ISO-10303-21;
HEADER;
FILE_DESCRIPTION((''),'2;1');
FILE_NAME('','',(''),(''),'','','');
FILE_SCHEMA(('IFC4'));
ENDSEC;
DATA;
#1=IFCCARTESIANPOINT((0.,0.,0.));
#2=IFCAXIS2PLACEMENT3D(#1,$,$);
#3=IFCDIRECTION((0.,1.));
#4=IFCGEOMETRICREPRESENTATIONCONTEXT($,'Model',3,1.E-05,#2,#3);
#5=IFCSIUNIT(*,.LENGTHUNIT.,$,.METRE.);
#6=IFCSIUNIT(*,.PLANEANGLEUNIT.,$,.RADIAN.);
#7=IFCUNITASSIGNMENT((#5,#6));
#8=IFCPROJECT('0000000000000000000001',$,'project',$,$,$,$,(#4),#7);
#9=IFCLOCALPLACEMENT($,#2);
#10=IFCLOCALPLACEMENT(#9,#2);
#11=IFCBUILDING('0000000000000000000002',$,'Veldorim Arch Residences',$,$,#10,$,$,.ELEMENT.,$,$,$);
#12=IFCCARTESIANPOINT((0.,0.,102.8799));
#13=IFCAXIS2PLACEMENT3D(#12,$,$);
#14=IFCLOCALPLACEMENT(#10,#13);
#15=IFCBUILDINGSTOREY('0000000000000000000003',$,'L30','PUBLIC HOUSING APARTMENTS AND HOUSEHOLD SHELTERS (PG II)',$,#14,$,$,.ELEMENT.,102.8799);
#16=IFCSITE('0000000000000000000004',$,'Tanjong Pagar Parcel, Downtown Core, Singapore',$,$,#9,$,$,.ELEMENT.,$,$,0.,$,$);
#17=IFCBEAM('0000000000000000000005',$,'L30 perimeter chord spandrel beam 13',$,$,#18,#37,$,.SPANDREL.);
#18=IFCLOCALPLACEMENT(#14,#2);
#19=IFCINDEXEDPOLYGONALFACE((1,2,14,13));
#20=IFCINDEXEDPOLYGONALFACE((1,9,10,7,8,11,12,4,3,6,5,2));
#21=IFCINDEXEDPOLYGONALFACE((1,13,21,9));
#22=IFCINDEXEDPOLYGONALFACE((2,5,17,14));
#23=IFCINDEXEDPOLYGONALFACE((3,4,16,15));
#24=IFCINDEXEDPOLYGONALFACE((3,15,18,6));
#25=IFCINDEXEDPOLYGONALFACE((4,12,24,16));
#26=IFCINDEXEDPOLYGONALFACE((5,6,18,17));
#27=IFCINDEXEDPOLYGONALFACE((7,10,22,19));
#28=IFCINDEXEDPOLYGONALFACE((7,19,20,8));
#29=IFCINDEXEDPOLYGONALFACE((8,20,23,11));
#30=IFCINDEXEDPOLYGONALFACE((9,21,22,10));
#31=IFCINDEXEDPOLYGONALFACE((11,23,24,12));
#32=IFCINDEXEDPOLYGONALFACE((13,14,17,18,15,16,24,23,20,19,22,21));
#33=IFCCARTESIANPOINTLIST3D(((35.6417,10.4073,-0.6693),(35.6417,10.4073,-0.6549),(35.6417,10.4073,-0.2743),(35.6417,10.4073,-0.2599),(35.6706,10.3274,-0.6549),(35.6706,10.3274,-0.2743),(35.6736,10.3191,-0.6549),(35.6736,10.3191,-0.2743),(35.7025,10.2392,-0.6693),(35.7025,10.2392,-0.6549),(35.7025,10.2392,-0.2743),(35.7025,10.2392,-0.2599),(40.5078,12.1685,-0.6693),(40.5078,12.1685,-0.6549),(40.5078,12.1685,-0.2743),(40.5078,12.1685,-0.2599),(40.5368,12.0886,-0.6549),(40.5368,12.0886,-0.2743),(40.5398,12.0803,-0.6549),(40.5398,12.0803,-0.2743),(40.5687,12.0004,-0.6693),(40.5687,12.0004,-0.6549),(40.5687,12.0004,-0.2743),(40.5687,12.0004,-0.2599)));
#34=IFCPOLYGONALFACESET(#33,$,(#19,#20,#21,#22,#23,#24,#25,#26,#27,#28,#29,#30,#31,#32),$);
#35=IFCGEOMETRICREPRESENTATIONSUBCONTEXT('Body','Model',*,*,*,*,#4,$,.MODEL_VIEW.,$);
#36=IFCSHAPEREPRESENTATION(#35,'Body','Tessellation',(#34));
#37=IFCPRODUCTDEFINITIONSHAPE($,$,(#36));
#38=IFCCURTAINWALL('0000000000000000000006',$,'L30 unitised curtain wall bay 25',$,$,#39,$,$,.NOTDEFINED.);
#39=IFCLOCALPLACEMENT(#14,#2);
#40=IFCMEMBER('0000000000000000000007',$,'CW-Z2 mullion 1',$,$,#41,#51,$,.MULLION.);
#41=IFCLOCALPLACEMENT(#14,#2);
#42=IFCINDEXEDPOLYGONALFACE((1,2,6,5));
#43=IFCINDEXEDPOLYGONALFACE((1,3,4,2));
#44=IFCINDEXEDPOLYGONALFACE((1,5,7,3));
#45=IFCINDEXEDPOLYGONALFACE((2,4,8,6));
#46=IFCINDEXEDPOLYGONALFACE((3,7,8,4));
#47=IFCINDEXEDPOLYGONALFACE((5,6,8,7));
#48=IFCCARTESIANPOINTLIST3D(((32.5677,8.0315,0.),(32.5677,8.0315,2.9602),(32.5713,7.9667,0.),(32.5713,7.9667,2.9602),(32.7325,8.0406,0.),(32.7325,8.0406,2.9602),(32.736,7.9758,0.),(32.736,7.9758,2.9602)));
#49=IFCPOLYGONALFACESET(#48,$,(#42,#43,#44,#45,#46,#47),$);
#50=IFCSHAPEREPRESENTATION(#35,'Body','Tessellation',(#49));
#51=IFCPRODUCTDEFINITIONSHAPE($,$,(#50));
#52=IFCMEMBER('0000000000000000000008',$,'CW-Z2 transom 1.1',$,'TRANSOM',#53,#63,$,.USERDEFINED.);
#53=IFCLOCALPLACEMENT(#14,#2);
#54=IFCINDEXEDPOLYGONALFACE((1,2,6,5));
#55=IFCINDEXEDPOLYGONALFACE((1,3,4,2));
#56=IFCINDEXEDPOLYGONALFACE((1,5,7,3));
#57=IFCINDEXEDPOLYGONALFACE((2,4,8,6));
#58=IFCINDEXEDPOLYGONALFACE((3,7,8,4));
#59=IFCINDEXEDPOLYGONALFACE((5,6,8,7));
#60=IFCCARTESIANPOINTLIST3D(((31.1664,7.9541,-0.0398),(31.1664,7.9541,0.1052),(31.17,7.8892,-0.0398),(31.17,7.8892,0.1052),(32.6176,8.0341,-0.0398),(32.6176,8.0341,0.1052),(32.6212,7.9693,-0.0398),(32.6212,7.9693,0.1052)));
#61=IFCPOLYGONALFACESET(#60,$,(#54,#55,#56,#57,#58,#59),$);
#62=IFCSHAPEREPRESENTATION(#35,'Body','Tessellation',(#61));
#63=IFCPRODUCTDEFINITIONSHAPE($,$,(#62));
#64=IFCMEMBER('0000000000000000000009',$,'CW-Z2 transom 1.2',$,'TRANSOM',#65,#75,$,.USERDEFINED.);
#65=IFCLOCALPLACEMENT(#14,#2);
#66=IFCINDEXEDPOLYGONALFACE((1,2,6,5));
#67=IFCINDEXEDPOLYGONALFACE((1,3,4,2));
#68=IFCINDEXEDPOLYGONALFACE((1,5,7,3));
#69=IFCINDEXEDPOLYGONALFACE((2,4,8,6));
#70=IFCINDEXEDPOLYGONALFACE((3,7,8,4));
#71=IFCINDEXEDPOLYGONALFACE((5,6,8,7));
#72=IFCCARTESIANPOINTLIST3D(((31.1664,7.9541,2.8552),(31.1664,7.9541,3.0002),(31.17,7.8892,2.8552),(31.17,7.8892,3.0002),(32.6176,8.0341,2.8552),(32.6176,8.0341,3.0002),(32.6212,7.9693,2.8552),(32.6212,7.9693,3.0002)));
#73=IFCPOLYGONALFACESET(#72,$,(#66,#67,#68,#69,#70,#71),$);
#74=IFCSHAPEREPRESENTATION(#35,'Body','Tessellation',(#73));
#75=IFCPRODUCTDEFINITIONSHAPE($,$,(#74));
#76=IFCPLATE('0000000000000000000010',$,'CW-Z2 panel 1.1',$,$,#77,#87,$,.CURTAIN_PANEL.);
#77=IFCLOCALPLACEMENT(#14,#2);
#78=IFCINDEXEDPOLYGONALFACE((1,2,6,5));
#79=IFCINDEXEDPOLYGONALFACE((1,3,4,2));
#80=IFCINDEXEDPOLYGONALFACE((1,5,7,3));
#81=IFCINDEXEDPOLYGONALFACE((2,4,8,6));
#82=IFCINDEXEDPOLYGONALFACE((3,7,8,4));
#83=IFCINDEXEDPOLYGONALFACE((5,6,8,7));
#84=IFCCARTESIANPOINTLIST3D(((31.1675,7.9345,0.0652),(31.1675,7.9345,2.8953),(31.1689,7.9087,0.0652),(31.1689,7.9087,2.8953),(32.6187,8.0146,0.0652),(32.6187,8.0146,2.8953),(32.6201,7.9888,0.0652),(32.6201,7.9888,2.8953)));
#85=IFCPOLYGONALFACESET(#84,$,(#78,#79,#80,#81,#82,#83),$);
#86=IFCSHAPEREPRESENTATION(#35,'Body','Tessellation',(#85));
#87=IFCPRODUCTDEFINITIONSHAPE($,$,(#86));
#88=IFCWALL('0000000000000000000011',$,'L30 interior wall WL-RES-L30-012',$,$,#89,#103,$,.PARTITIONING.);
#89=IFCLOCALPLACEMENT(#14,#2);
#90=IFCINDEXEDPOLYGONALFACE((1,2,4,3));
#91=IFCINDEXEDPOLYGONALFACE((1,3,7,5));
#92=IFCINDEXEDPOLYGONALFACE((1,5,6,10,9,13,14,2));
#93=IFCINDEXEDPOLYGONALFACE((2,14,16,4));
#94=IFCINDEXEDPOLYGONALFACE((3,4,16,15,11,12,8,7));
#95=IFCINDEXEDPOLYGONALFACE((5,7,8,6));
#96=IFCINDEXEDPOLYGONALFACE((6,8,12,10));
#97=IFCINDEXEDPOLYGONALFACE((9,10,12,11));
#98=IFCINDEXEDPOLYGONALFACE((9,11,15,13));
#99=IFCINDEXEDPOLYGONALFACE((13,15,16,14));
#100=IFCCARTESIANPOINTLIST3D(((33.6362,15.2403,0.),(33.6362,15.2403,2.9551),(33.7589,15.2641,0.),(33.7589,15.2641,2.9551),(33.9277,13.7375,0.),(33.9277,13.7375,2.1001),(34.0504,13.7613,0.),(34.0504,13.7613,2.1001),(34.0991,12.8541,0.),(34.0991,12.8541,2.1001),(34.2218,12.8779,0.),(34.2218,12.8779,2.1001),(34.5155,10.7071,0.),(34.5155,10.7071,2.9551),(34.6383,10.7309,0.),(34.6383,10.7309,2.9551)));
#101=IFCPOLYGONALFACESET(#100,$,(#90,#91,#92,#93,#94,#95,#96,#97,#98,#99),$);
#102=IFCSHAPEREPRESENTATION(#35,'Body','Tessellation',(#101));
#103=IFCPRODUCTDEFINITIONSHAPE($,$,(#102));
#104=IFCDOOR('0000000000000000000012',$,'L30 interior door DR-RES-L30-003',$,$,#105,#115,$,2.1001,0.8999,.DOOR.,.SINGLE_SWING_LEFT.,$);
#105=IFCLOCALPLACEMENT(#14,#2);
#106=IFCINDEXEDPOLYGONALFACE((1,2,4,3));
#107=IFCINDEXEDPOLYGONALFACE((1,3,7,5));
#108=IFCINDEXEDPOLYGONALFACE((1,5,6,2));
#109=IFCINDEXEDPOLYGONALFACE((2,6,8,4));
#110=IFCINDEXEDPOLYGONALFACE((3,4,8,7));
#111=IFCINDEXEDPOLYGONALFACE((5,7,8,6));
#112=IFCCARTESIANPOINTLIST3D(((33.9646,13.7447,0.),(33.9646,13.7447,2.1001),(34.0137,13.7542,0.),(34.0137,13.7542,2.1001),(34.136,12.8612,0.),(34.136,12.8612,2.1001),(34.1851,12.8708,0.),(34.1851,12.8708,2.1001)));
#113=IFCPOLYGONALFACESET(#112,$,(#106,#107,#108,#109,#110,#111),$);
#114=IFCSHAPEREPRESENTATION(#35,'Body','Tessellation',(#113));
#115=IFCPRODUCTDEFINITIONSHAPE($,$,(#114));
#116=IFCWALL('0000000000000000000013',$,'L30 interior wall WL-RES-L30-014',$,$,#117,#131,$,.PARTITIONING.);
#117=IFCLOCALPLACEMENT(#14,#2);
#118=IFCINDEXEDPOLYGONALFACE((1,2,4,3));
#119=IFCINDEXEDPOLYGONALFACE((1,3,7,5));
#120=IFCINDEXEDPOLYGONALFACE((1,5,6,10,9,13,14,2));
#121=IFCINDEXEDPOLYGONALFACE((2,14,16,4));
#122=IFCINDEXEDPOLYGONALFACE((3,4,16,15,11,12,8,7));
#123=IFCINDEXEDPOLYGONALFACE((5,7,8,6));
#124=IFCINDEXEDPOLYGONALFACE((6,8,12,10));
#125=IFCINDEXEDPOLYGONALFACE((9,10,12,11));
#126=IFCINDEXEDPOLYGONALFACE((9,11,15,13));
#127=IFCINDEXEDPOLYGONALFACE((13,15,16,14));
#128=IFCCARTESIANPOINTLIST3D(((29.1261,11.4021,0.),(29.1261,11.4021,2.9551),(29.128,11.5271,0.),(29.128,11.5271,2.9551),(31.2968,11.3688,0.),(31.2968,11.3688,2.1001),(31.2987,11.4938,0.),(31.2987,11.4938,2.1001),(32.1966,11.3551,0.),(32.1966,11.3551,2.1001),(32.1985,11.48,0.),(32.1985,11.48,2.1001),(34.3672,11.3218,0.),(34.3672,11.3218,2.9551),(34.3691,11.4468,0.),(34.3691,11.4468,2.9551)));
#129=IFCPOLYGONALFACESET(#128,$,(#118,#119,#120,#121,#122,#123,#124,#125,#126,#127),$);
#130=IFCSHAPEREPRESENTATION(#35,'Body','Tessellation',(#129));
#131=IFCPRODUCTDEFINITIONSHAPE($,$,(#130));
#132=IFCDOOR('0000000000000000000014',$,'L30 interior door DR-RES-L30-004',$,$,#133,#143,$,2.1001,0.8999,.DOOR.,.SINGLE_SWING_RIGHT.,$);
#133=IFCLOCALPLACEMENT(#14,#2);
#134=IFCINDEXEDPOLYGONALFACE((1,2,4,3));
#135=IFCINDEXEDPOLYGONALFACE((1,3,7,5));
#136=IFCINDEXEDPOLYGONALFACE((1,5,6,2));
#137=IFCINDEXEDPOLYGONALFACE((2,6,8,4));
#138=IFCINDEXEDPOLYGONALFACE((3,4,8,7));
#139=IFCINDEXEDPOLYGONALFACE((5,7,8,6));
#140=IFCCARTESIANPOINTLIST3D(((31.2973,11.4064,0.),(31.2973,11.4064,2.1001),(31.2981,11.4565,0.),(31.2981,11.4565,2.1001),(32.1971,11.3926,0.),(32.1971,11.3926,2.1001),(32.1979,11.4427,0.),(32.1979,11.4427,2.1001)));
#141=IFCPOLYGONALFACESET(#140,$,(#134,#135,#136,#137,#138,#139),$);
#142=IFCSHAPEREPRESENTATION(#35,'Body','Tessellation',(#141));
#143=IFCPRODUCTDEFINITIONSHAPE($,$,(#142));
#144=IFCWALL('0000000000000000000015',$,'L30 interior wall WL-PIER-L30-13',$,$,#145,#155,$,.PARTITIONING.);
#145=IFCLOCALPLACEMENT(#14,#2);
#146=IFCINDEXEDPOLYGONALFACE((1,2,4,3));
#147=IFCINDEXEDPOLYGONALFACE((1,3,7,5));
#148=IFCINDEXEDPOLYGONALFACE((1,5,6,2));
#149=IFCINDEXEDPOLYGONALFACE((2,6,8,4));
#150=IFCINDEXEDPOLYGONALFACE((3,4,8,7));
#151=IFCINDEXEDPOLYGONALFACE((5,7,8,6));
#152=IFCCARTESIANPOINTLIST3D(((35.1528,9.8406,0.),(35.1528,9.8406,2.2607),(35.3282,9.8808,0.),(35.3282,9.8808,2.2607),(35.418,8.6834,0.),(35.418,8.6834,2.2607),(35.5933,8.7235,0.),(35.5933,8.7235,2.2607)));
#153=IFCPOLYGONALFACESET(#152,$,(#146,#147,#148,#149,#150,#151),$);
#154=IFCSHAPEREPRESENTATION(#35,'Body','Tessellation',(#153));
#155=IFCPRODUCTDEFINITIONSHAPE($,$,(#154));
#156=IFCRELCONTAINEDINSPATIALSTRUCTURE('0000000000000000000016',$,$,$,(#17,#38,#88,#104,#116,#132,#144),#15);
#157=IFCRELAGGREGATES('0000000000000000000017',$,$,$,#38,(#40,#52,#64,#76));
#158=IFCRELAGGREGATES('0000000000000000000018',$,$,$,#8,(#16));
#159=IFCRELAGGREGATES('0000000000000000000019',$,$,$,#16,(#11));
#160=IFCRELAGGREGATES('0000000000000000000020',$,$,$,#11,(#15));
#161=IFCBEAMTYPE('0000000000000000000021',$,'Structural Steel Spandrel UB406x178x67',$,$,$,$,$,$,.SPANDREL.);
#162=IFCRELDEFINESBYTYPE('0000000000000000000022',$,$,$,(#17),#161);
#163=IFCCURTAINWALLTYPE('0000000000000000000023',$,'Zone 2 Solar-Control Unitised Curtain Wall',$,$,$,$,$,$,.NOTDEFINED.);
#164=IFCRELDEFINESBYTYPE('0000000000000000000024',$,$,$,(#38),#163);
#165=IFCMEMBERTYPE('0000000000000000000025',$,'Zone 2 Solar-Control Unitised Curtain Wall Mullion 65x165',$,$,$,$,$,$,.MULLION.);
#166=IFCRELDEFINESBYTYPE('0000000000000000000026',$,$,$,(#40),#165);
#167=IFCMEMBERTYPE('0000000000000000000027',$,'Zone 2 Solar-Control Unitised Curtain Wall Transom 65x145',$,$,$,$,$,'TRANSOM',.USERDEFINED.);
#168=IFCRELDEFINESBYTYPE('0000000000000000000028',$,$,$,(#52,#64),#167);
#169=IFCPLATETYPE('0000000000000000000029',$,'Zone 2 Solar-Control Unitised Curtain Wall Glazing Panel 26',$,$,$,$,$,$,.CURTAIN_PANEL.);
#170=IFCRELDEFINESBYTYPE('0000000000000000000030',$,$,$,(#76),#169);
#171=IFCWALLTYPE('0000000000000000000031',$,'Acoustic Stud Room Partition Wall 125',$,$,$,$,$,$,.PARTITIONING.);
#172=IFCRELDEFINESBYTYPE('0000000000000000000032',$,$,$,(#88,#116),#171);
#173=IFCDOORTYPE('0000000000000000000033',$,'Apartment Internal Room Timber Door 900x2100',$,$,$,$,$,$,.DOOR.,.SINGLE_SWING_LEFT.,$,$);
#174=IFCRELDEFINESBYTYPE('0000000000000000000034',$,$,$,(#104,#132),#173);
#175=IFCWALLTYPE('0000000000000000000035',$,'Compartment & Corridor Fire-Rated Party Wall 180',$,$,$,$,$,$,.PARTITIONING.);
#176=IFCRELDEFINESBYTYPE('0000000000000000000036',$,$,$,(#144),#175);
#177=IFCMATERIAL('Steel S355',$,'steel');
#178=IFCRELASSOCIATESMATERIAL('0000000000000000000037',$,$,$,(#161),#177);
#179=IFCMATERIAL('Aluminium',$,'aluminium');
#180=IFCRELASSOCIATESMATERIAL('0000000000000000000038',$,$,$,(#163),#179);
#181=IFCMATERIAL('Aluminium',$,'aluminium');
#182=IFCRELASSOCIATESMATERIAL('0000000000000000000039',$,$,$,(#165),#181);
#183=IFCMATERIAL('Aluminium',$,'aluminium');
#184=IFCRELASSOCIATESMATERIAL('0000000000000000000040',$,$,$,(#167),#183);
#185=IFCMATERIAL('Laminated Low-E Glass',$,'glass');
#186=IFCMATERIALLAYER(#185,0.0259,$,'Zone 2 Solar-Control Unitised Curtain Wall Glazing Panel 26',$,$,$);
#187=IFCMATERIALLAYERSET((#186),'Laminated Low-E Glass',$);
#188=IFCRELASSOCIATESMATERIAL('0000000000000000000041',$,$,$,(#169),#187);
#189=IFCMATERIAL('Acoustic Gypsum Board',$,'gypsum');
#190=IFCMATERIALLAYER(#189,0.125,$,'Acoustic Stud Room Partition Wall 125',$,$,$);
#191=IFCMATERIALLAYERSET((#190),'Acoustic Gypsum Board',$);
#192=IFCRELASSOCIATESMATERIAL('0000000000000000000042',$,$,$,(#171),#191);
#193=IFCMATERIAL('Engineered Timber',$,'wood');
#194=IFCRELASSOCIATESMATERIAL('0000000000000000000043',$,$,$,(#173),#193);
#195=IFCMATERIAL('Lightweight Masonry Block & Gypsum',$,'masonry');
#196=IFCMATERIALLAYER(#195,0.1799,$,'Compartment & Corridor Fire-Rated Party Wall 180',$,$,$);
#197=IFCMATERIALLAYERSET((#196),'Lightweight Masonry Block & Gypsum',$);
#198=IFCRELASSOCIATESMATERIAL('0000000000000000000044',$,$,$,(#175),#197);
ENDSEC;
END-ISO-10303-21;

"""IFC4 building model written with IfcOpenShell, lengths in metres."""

from ifc_helpers import new_model, si_unit, direction, frame, frame_2d, origin, origin_2d, place, context, subcontext, project, spatial, rectangle, i_section, extrude, material, layer, layer_set, material_profile, profile_set, type_object, element, fill, aggregate, save


model = new_model("IFC4")

# Units and contexts
model_context = context("Model", 3, precision=1e-05, world=origin(), true_north=direction((0.0, 1.0)))
body_context = subcontext(model_context, "Body", "Model", "MODEL_VIEW")
ifc_project = project(units=[si_unit("LENGTHUNIT", "METRE"), si_unit("PLANEANGLEUNIT", "RADIAN")], contexts=[model_context])

# Site, building, storey
site_placement = place(None, origin())
site = spatial("IfcSite", under=ifc_project, at=site_placement, Name="Tanjong Pagar Parcel, Downtown Core, Singapore", CompositionType="ELEMENT", RefElevation=0.0)
building_placement = place(site_placement, origin())
building = spatial("IfcBuilding", under=site, at=building_placement, Name="Veldorim Arch Residences", CompositionType="ELEMENT")
storey_placement = place(building_placement, frame((0.0, 0.0, 102.8799)))
storey = spatial("IfcBuildingStorey", under=building, at=storey_placement, Name="L30", Description="PUBLIC HOUSING APARTMENTS AND HOUSEHOLD SHELTERS (PG II)", CompositionType="ELEMENT", Elevation=102.8799)

# Beam
ifc_material_1 = material(Name="Steel S355", Category="steel")
ifc_material_profile_1 = material_profile(ifc_material_1, i_section(OverallWidth=0.1787, OverallDepth=0.4094, WebThickness=0.0088, FlangeThickness=0.0144, at=origin_2d()), Name="UB406x178x67")
ifc_profile_set_1 = profile_set([ifc_material_profile_1], Name="Steel S355")
beam_type_1 = type_object("IfcBeamType", Name="Structural Steel Spandrel UB406x178x67", PredefinedType="SPANDREL", material=ifc_profile_set_1)
beam_1_placement = place(storey_placement, frame((35.6721, 10.3232, -0.4646), z_axis=(0.940308, 0.340326, 0.0), x_axis=(-0.340326, 0.940308, 0.0)))
element("IfcBeam", 1, at=beam_1_placement, inside=storey, type_object=beam_type_1, Name="L30 perimeter chord spandrel beam 13", PredefinedType="SPANDREL", context=body_context, shape_type="SweptSolid", body=[
    extrude(i_section(OverallWidth=0.1787, OverallDepth=0.4094, WebThickness=0.0088, FlangeThickness=0.0144, at=origin_2d()), origin(), (0.0, 0.0, 1.0), 5.175),
])

# Curtain wall, members, plate
ifc_material_2 = material(Name="Aluminium", Category="aluminium")
curtain_wall_type = type_object("IfcCurtainWallType", Name="Zone 2 Solar-Control Unitised Curtain Wall", PredefinedType="NOTDEFINED", material=ifc_material_2)
curtain_wall_placement = place(storey_placement, origin())
curtain_wall = element("IfcCurtainWall", 2, at=curtain_wall_placement, inside=storey, type_object=curtain_wall_type, Name="L30 unitised curtain wall bay 25", PredefinedType="NOTDEFINED")
ifc_material_3 = material(Name="Aluminium", Category="aluminium")
ifc_material_profile_2 = material_profile(ifc_material_3, rectangle(XDim=0.0649, YDim=0.165, at=origin_2d()), Name="ALU_MUL_65x165")
ifc_profile_set_2 = profile_set([ifc_material_profile_2], Name="Aluminium")
member_type_1 = type_object("IfcMemberType", Name="Zone 2 Solar-Control Unitised Curtain Wall Mullion 65x165", PredefinedType="MULLION", material=ifc_profile_set_2)
member_1_placement = place(storey_placement, frame((32.6519, 8.0037, 0.0), z_axis=(0.0, 0.0, 1.0), x_axis=(0.055127, -0.998479, 0.0)))
member_1 = element("IfcMember", 3, at=member_1_placement, type_object=member_type_1, Name="CW-Z2 mullion 1", PredefinedType="MULLION", context=body_context, shape_type="SweptSolid", body=[
    extrude(rectangle(XDim=0.0649, YDim=0.165, at=origin_2d()), origin(), (0.0, 0.0, 1.0), 2.9602),
])
ifc_material_4 = material(Name="Aluminium", Category="aluminium")
ifc_material_profile_3 = material_profile(ifc_material_4, rectangle(XDim=0.0649, YDim=0.145, at=origin_2d()), Name="ALU_TRN_65x145")
ifc_profile_set_3 = profile_set([ifc_material_profile_3], Name="Aluminium")
member_type_2 = type_object("IfcMemberType", Name="Zone 2 Solar-Control Unitised Curtain Wall Transom 65x145", ElementType="TRANSOM", PredefinedType="USERDEFINED", material=ifc_profile_set_3)
member_2_placement = place(storey_placement, frame((32.6194, 8.0017, 0.0327), z_axis=(-0.998481, -0.055098, 0.0), x_axis=(0.055098, -0.998481, 0.0)))
member_2 = element("IfcMember", 4, at=member_2_placement, type_object=member_type_2, Name="CW-Z2 transom 1.1", ObjectType="TRANSOM", PredefinedType="USERDEFINED", context=body_context, shape_type="SweptSolid", body=[
    extrude(rectangle(XDim=0.0649, YDim=0.145, at=origin_2d()), origin(), (0.0, 0.0, 1.0), 1.4534),
])
member_3_placement = place(storey_placement, frame((32.6194, 8.0017, 2.9277), z_axis=(-0.998481, -0.055098, 0.0), x_axis=(0.055098, -0.998481, 0.0)))
member_3 = element("IfcMember", 5, at=member_3_placement, type_object=member_type_2, Name="CW-Z2 transom 1.2", ObjectType="TRANSOM", PredefinedType="USERDEFINED", context=body_context, shape_type="SweptSolid", body=[
    extrude(rectangle(XDim=0.0649, YDim=0.145, at=origin_2d()), origin(), (0.0, 0.0, 1.0), 1.4534),
])
ifc_material_5 = material(Name="Laminated Low-E Glass", Category="glass")
ifc_layer_1 = layer(ifc_material_5, 0.0259, Name="Zone 2 Solar-Control Unitised Curtain Wall Glazing Panel 26")
ifc_layer_set_1 = layer_set([ifc_layer_1], Name="Laminated Low-E Glass")
plate_type = type_object("IfcPlateType", Name="Zone 2 Solar-Control Unitised Curtain Wall Glazing Panel 26", PredefinedType="CURTAIN_PANEL", material=ifc_layer_set_1)
plate_placement = place(storey_placement, frame((31.8938, 7.9617, 0.0652), z_axis=(0.0, 0.0, 1.0), x_axis=(-0.998479, -0.055127, 0.0)))
plate = element("IfcPlate", 6, at=plate_placement, type_object=plate_type, Name="CW-Z2 panel 1.1", PredefinedType="CURTAIN_PANEL", context=body_context, shape_type="SweptSolid", body=[
    extrude(rectangle(XDim=1.4534, YDim=0.0259, at=origin_2d()), origin(), (0.0, 0.0, 1.0), 2.8301),
])
aggregate(curtain_wall, [member_1, member_2, member_3, plate])

# Walls, openings, doors
ifc_material_6 = material(Name="Acoustic Gypsum Board", Category="gypsum")
ifc_layer_2 = layer(ifc_material_6, 0.125, Name="Acoustic Stud Room Partition Wall 125")
ifc_layer_set_2 = layer_set([ifc_layer_2], Name="Acoustic Gypsum Board")
wall_type_1 = type_object("IfcWallType", Name="Acoustic Stud Room Partition Wall 125", PredefinedType="PARTITIONING", material=ifc_layer_set_2)
wall_1_placement = place(storey_placement, frame((34.5769, 10.719, 0.0), z_axis=(0.0, 0.0, 1.0), x_axis=(-0.190439, 0.981699, 0.0)))
wall_1 = element("IfcWall", 7, at=wall_1_placement, inside=storey, type_object=wall_type_1, Name="L30 interior wall WL-RES-L30-012", PredefinedType="PARTITIONING", context=body_context, shape_type="SweptSolid", body=[
    extrude(rectangle(XDim=4.6177, YDim=0.125, at=frame_2d((2.3088, 0.0))), origin(), (0.0, 0.0, 1.0), 2.9551),
])
opening_1_placement = place(wall_1_placement, frame((2.187, 0.0, 0.0)))
opening_1 = element("IfcOpeningElement", 8, at=opening_1_placement, cuts=wall_1, PredefinedType="OPENING", context=body_context, shape_type="SweptSolid", body=[
    extrude(rectangle(XDim=0.8999, YDim=2.1001, at=frame_2d((0.45, 1.05))), frame((0.0, 0.0725, 0.0), z_axis=(0.0, -1.0, 0.0), x_axis=(1.0, 0.0, 0.0)), (0.0, 0.0, 1.0), 0.145),
])
ifc_material_7 = material(Name="Engineered Timber", Category="wood")
door_type_1 = type_object("IfcDoorType", Name="Apartment Internal Room Timber Door 900x2100", OperationType="SINGLE_SWING_LEFT", PredefinedType="DOOR", material=ifc_material_7)
door_1_placement = place(opening_1_placement, origin())
door_1 = element("IfcDoor", 9, at=door_1_placement, inside=storey, type_object=door_type_1, Name="L30 interior door DR-RES-L30-003", OperationType="SINGLE_SWING_LEFT", OverallHeight=2.1001, OverallWidth=0.8999, PredefinedType="DOOR", context=body_context, shape_type="SweptSolid", body=[
    extrude(rectangle(XDim=0.8999, YDim=2.1001, at=frame_2d((0.45, 1.05))), frame((0.0, 0.0249, 0.0), z_axis=(0.0, -1.0, 0.0), x_axis=(1.0, 0.0, 0.0)), (0.0, 0.0, 1.0), 0.05),
])
fill(opening_1, door_1)
wall_2_placement = place(storey_placement, frame((34.3682, 11.3843, 0.0), z_axis=(0.0, 0.0, 1.0), x_axis=(-0.999883, 0.015324, 0.0)))
wall_2 = element("IfcWall", 10, at=wall_2_placement, inside=storey, type_object=wall_type_1, Name="L30 interior wall WL-RES-L30-014", PredefinedType="PARTITIONING", context=body_context, shape_type="SweptSolid", body=[
    extrude(rectangle(XDim=5.2417, YDim=0.125, at=frame_2d((2.6208, 0.0))), origin(), (0.0, 0.0, 1.0), 2.9551),
])
opening_2_placement = place(wall_2_placement, frame((2.1709, 0.0, 0.0)))
opening_2 = element("IfcOpeningElement", 11, at=opening_2_placement, cuts=wall_2, PredefinedType="OPENING", context=body_context, shape_type="SweptSolid", body=[
    extrude(rectangle(XDim=0.8999, YDim=2.1001, at=frame_2d((0.45, 1.05))), frame((0.0, 0.0725, 0.0), z_axis=(0.0, -1.0, 0.0), x_axis=(1.0, 0.0, 0.0)), (0.0, 0.0, 1.0), 0.145),
])
door_2_placement = place(opening_2_placement, origin())
door_2 = element("IfcDoor", 12, at=door_2_placement, inside=storey, type_object=door_type_1, Name="L30 interior door DR-RES-L30-004", OperationType="SINGLE_SWING_RIGHT", OverallHeight=2.1001, OverallWidth=0.8999, PredefinedType="DOOR", context=body_context, shape_type="SweptSolid", body=[
    extrude(rectangle(XDim=0.8999, YDim=2.1001, at=frame_2d((0.45, 1.05))), frame((0.0, 0.0249, 0.0), z_axis=(0.0, -1.0, 0.0), x_axis=(1.0, 0.0, 0.0)), (0.0, 0.0, 1.0), 0.05),
])
fill(opening_2, door_2)

# Wall
ifc_material_8 = material(Name="Lightweight Masonry Block & Gypsum", Category="masonry")
ifc_layer_3 = layer(ifc_material_8, 0.1799, Name="Compartment & Corridor Fire-Rated Party Wall 180")
ifc_layer_set_3 = layer_set([ifc_layer_3], Name="Lightweight Masonry Block & Gypsum")
wall_type_2 = type_object("IfcWallType", Name="Compartment & Corridor Fire-Rated Party Wall 180", PredefinedType="PARTITIONING", material=ifc_layer_set_3)
wall_3_placement = place(storey_placement, frame((35.2405, 9.8608, 0.0), z_axis=(0.0, 0.0, 1.0), x_axis=(0.223327, -0.974744, 0.0)))
element("IfcWall", 13, at=wall_3_placement, inside=storey, type_object=wall_type_2, Name="L30 interior wall WL-PIER-L30-13", PredefinedType="PARTITIONING", context=body_context, shape_type="SweptSolid", body=[
    extrude(rectangle(XDim=1.1873, YDim=0.1799, at=frame_2d((0.5938, 0.0))), origin(), (0.0, 0.0, 1.0), 2.2607),
])

save(model, "model.ifc")
